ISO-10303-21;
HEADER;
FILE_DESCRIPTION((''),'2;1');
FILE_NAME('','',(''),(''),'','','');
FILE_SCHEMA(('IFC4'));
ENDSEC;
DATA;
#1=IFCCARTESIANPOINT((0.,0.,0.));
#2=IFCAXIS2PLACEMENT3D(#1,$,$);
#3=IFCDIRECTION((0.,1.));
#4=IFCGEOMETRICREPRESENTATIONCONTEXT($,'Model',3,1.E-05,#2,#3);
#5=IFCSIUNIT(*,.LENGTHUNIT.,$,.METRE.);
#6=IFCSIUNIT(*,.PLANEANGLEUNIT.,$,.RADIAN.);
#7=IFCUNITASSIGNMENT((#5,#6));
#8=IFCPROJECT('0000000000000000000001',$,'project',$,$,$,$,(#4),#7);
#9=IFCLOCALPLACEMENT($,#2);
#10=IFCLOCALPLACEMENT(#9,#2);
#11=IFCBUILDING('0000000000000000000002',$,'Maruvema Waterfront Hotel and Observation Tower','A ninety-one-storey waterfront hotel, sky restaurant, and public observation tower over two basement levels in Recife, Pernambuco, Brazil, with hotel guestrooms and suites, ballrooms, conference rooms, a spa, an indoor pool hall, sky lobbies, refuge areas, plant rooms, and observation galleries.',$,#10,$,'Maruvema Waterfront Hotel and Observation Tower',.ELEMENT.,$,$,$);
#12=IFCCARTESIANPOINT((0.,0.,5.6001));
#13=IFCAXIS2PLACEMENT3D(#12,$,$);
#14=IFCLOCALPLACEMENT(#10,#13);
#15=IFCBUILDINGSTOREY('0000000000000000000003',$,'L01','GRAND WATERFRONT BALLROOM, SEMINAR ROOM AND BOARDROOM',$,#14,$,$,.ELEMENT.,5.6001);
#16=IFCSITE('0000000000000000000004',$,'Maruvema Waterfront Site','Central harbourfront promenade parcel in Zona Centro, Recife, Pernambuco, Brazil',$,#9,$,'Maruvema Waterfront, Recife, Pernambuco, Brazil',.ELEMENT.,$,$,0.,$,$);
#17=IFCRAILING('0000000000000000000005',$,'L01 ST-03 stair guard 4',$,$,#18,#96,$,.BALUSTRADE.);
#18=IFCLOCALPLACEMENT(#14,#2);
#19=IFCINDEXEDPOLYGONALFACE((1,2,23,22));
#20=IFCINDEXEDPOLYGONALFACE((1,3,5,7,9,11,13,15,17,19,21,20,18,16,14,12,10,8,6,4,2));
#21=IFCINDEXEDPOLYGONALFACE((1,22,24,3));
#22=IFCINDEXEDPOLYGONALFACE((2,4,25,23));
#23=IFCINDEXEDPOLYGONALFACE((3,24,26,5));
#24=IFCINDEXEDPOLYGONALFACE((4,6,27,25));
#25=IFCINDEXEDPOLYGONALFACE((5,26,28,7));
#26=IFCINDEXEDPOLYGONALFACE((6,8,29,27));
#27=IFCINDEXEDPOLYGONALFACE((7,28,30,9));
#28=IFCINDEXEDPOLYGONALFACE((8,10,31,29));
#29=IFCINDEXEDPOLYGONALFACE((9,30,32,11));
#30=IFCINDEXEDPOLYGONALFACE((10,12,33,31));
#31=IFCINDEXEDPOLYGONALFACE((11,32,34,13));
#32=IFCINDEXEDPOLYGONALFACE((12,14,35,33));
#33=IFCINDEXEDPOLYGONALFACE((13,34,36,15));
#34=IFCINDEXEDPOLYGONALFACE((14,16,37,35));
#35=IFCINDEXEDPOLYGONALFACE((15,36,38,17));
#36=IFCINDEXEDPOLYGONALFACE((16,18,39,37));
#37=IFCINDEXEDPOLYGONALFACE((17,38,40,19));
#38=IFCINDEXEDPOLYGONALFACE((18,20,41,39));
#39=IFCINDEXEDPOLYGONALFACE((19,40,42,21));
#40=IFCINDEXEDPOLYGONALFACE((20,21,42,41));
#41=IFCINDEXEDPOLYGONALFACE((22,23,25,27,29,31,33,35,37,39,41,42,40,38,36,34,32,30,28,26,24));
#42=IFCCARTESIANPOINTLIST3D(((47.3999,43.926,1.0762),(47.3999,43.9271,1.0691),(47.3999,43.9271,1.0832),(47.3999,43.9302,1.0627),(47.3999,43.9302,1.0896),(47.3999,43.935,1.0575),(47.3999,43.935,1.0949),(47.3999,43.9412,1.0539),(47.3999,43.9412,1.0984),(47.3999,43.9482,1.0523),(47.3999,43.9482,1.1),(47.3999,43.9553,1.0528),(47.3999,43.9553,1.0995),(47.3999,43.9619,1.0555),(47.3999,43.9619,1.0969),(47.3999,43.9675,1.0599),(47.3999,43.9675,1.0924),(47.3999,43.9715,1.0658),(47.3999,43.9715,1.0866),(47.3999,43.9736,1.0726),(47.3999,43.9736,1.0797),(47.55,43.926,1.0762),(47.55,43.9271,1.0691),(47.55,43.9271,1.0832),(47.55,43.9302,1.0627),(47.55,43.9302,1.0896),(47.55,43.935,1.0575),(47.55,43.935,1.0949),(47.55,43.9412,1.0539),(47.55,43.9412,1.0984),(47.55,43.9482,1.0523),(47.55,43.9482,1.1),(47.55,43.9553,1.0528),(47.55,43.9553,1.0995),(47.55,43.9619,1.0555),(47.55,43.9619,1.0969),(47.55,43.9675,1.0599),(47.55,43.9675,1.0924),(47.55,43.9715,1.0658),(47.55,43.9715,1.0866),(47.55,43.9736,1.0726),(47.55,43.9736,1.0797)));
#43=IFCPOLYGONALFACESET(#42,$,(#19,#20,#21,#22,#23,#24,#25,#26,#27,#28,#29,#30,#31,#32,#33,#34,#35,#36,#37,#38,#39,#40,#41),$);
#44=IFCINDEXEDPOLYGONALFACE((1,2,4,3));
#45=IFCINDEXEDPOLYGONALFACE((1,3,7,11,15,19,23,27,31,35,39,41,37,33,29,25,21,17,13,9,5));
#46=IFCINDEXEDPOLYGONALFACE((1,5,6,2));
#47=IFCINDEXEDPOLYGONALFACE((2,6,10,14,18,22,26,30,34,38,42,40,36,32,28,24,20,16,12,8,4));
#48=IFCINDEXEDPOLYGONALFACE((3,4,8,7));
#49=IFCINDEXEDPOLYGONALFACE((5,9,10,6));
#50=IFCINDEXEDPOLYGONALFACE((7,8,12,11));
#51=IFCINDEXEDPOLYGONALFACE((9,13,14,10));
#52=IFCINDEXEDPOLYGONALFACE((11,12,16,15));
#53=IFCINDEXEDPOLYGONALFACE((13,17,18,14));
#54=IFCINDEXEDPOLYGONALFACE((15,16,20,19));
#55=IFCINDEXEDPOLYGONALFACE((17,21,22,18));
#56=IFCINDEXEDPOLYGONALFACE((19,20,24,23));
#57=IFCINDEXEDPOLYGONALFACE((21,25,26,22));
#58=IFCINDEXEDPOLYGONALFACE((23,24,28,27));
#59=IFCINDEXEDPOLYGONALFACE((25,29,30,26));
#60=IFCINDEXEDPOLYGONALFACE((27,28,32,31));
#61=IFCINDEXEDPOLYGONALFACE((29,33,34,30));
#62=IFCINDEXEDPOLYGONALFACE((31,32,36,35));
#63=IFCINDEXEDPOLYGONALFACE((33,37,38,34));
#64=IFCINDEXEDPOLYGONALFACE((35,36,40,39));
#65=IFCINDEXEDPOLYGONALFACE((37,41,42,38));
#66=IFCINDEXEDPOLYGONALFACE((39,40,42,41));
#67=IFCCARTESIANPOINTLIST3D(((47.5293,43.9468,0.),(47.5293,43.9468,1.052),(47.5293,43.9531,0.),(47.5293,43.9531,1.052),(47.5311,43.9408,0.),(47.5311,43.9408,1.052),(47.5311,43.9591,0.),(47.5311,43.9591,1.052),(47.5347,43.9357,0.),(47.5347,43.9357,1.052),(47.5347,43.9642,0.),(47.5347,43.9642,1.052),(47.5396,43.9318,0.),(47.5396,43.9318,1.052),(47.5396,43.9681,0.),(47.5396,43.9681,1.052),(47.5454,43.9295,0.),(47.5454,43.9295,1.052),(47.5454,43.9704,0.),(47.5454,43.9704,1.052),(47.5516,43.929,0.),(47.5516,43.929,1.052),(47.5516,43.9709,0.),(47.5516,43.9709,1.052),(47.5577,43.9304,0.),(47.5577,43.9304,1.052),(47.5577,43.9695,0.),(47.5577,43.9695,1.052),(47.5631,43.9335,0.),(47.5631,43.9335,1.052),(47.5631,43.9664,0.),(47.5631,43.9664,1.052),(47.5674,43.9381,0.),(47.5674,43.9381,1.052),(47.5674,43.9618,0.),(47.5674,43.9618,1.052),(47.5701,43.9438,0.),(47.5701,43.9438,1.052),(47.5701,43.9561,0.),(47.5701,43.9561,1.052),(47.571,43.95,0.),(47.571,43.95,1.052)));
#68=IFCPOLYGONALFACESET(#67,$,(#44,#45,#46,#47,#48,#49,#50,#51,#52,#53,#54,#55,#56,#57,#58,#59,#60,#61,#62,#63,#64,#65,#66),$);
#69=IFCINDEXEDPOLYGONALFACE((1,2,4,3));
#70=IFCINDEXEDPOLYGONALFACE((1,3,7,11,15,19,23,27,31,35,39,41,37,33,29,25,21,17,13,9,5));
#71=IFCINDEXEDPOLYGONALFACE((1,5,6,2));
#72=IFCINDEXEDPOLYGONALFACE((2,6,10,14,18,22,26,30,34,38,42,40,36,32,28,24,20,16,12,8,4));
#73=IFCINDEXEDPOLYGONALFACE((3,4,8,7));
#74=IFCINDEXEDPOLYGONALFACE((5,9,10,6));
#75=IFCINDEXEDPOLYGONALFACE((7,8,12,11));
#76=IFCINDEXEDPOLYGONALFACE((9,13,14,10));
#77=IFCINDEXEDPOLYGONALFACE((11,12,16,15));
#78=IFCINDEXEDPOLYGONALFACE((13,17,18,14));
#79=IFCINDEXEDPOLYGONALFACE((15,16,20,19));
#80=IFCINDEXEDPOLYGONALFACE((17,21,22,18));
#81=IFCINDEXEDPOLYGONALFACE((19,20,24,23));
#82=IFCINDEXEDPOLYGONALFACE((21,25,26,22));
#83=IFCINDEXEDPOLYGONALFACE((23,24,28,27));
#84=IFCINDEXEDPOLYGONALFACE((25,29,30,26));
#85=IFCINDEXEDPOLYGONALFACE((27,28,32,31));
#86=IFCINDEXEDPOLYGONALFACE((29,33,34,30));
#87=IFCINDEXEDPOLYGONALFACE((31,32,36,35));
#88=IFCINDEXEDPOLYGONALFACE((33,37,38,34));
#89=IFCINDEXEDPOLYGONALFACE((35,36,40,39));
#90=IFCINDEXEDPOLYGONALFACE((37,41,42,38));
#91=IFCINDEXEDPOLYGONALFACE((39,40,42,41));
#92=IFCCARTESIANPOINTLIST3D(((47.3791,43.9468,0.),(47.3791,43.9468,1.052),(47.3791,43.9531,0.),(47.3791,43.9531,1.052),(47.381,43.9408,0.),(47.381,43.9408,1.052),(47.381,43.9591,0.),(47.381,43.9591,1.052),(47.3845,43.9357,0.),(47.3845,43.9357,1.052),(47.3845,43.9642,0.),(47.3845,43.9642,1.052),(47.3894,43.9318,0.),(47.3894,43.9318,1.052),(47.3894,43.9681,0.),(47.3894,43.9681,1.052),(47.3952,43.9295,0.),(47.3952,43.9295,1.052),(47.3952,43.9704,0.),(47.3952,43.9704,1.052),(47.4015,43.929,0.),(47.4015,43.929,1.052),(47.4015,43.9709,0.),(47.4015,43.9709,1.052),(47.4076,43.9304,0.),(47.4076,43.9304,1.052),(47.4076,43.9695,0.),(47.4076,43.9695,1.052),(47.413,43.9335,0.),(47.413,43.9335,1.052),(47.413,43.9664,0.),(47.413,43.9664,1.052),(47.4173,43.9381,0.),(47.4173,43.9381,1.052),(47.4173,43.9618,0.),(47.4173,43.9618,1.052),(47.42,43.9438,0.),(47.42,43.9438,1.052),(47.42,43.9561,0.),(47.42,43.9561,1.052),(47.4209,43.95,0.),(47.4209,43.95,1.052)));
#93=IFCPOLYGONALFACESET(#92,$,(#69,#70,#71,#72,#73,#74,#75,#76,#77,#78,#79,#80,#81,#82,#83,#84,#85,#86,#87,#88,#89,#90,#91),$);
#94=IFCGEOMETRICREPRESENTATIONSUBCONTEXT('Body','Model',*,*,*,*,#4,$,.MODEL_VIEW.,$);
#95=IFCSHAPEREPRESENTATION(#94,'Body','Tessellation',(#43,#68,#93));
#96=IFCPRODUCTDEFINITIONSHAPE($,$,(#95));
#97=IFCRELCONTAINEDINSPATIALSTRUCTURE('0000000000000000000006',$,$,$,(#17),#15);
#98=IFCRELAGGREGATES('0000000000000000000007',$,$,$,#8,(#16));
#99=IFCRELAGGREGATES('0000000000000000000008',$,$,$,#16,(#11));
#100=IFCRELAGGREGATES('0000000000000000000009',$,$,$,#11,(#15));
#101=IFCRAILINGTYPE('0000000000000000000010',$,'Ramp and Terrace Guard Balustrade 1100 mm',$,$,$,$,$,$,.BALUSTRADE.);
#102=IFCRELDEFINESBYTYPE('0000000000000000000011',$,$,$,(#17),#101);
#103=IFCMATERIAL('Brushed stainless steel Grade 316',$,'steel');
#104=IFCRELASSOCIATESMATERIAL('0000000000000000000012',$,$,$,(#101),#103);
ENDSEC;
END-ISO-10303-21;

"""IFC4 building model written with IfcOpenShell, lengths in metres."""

from ifc_helpers import new_model, si_unit, direction, frame, origin, origin_2d, place, context, subcontext, project, spatial, circle, extrude, material, type_object, element, save


model = new_model("IFC4")

# Units and contexts
model_context = context("Model", 3, precision=1e-05, world=origin(), true_north=direction((0.0, 1.0)))
body_context = subcontext(model_context, "Body", "Model", "MODEL_VIEW")
ifc_project = project(units=[si_unit("LENGTHUNIT", "METRE"), si_unit("PLANEANGLEUNIT", "RADIAN")], contexts=[model_context])

# Site, building, storey
site_placement = place(None, origin())
site = spatial("IfcSite", under=ifc_project, at=site_placement, Name="Maruvema Waterfront Site", Description="Central harbourfront promenade parcel in Zona Centro, Recife, Pernambuco, Brazil", LongName="Maruvema Waterfront, Recife, Pernambuco, Brazil", CompositionType="ELEMENT", RefElevation=0.0)
building_placement = place(site_placement, origin())
building = spatial("IfcBuilding", under=site, at=building_placement, Name="Maruvema Waterfront Hotel and Observation Tower", Description="A ninety-one-storey waterfront hotel, sky restaurant, and public observation tower over two basement levels in Recife, Pernambuco, Brazil, with hotel guestrooms and suites, ballrooms, conference rooms, a spa, an indoor pool hall, sky lobbies, refuge areas, plant rooms, and observation galleries.", LongName="Maruvema Waterfront Hotel and Observation Tower", CompositionType="ELEMENT")
storey_placement = place(building_placement, frame((0.0, 0.0, 5.6001)))
storey = spatial("IfcBuildingStorey", under=building, at=storey_placement, Name="L01", Description="GRAND WATERFRONT BALLROOM, SEMINAR ROOM AND BOARDROOM", CompositionType="ELEMENT", Elevation=5.6001)

# Railing
ifc_material_1 = material(Name="Brushed stainless steel Grade 316", Category="steel")
railing_type_1 = type_object("IfcRailingType", Name="Ramp and Terrace Guard Balustrade 1100 mm", PredefinedType="BALUSTRADE", material=ifc_material_1)
railing_1_placement = place(storey_placement, frame((47.55, 43.95, 0.0)))
element("IfcRailing", 1, at=railing_1_placement, inside=storey, type_object=railing_type_1, Name="L01 ST-03 stair guard 4", PredefinedType="BALUSTRADE", context=body_context, shape_type="SweptSolid", body=[
    extrude(circle(Radius=0.0239, at=origin_2d()), frame((0.0, 0.0, 1.0762), z_axis=(-1.0, 0.0, 0.0), x_axis=(0.0, -1.0, 0.0)), (0.0, 0.0, 1.0), 0.1501),
    extrude(circle(Radius=0.021, at=origin_2d()), origin(), (0.0, 0.0, 1.0), 1.052),
    extrude(circle(Radius=0.021, at=origin_2d()), frame((-0.1501, 0.0, 0.0)), (0.0, 0.0, 1.0), 1.052),
])

save(model, "model.ifc")
